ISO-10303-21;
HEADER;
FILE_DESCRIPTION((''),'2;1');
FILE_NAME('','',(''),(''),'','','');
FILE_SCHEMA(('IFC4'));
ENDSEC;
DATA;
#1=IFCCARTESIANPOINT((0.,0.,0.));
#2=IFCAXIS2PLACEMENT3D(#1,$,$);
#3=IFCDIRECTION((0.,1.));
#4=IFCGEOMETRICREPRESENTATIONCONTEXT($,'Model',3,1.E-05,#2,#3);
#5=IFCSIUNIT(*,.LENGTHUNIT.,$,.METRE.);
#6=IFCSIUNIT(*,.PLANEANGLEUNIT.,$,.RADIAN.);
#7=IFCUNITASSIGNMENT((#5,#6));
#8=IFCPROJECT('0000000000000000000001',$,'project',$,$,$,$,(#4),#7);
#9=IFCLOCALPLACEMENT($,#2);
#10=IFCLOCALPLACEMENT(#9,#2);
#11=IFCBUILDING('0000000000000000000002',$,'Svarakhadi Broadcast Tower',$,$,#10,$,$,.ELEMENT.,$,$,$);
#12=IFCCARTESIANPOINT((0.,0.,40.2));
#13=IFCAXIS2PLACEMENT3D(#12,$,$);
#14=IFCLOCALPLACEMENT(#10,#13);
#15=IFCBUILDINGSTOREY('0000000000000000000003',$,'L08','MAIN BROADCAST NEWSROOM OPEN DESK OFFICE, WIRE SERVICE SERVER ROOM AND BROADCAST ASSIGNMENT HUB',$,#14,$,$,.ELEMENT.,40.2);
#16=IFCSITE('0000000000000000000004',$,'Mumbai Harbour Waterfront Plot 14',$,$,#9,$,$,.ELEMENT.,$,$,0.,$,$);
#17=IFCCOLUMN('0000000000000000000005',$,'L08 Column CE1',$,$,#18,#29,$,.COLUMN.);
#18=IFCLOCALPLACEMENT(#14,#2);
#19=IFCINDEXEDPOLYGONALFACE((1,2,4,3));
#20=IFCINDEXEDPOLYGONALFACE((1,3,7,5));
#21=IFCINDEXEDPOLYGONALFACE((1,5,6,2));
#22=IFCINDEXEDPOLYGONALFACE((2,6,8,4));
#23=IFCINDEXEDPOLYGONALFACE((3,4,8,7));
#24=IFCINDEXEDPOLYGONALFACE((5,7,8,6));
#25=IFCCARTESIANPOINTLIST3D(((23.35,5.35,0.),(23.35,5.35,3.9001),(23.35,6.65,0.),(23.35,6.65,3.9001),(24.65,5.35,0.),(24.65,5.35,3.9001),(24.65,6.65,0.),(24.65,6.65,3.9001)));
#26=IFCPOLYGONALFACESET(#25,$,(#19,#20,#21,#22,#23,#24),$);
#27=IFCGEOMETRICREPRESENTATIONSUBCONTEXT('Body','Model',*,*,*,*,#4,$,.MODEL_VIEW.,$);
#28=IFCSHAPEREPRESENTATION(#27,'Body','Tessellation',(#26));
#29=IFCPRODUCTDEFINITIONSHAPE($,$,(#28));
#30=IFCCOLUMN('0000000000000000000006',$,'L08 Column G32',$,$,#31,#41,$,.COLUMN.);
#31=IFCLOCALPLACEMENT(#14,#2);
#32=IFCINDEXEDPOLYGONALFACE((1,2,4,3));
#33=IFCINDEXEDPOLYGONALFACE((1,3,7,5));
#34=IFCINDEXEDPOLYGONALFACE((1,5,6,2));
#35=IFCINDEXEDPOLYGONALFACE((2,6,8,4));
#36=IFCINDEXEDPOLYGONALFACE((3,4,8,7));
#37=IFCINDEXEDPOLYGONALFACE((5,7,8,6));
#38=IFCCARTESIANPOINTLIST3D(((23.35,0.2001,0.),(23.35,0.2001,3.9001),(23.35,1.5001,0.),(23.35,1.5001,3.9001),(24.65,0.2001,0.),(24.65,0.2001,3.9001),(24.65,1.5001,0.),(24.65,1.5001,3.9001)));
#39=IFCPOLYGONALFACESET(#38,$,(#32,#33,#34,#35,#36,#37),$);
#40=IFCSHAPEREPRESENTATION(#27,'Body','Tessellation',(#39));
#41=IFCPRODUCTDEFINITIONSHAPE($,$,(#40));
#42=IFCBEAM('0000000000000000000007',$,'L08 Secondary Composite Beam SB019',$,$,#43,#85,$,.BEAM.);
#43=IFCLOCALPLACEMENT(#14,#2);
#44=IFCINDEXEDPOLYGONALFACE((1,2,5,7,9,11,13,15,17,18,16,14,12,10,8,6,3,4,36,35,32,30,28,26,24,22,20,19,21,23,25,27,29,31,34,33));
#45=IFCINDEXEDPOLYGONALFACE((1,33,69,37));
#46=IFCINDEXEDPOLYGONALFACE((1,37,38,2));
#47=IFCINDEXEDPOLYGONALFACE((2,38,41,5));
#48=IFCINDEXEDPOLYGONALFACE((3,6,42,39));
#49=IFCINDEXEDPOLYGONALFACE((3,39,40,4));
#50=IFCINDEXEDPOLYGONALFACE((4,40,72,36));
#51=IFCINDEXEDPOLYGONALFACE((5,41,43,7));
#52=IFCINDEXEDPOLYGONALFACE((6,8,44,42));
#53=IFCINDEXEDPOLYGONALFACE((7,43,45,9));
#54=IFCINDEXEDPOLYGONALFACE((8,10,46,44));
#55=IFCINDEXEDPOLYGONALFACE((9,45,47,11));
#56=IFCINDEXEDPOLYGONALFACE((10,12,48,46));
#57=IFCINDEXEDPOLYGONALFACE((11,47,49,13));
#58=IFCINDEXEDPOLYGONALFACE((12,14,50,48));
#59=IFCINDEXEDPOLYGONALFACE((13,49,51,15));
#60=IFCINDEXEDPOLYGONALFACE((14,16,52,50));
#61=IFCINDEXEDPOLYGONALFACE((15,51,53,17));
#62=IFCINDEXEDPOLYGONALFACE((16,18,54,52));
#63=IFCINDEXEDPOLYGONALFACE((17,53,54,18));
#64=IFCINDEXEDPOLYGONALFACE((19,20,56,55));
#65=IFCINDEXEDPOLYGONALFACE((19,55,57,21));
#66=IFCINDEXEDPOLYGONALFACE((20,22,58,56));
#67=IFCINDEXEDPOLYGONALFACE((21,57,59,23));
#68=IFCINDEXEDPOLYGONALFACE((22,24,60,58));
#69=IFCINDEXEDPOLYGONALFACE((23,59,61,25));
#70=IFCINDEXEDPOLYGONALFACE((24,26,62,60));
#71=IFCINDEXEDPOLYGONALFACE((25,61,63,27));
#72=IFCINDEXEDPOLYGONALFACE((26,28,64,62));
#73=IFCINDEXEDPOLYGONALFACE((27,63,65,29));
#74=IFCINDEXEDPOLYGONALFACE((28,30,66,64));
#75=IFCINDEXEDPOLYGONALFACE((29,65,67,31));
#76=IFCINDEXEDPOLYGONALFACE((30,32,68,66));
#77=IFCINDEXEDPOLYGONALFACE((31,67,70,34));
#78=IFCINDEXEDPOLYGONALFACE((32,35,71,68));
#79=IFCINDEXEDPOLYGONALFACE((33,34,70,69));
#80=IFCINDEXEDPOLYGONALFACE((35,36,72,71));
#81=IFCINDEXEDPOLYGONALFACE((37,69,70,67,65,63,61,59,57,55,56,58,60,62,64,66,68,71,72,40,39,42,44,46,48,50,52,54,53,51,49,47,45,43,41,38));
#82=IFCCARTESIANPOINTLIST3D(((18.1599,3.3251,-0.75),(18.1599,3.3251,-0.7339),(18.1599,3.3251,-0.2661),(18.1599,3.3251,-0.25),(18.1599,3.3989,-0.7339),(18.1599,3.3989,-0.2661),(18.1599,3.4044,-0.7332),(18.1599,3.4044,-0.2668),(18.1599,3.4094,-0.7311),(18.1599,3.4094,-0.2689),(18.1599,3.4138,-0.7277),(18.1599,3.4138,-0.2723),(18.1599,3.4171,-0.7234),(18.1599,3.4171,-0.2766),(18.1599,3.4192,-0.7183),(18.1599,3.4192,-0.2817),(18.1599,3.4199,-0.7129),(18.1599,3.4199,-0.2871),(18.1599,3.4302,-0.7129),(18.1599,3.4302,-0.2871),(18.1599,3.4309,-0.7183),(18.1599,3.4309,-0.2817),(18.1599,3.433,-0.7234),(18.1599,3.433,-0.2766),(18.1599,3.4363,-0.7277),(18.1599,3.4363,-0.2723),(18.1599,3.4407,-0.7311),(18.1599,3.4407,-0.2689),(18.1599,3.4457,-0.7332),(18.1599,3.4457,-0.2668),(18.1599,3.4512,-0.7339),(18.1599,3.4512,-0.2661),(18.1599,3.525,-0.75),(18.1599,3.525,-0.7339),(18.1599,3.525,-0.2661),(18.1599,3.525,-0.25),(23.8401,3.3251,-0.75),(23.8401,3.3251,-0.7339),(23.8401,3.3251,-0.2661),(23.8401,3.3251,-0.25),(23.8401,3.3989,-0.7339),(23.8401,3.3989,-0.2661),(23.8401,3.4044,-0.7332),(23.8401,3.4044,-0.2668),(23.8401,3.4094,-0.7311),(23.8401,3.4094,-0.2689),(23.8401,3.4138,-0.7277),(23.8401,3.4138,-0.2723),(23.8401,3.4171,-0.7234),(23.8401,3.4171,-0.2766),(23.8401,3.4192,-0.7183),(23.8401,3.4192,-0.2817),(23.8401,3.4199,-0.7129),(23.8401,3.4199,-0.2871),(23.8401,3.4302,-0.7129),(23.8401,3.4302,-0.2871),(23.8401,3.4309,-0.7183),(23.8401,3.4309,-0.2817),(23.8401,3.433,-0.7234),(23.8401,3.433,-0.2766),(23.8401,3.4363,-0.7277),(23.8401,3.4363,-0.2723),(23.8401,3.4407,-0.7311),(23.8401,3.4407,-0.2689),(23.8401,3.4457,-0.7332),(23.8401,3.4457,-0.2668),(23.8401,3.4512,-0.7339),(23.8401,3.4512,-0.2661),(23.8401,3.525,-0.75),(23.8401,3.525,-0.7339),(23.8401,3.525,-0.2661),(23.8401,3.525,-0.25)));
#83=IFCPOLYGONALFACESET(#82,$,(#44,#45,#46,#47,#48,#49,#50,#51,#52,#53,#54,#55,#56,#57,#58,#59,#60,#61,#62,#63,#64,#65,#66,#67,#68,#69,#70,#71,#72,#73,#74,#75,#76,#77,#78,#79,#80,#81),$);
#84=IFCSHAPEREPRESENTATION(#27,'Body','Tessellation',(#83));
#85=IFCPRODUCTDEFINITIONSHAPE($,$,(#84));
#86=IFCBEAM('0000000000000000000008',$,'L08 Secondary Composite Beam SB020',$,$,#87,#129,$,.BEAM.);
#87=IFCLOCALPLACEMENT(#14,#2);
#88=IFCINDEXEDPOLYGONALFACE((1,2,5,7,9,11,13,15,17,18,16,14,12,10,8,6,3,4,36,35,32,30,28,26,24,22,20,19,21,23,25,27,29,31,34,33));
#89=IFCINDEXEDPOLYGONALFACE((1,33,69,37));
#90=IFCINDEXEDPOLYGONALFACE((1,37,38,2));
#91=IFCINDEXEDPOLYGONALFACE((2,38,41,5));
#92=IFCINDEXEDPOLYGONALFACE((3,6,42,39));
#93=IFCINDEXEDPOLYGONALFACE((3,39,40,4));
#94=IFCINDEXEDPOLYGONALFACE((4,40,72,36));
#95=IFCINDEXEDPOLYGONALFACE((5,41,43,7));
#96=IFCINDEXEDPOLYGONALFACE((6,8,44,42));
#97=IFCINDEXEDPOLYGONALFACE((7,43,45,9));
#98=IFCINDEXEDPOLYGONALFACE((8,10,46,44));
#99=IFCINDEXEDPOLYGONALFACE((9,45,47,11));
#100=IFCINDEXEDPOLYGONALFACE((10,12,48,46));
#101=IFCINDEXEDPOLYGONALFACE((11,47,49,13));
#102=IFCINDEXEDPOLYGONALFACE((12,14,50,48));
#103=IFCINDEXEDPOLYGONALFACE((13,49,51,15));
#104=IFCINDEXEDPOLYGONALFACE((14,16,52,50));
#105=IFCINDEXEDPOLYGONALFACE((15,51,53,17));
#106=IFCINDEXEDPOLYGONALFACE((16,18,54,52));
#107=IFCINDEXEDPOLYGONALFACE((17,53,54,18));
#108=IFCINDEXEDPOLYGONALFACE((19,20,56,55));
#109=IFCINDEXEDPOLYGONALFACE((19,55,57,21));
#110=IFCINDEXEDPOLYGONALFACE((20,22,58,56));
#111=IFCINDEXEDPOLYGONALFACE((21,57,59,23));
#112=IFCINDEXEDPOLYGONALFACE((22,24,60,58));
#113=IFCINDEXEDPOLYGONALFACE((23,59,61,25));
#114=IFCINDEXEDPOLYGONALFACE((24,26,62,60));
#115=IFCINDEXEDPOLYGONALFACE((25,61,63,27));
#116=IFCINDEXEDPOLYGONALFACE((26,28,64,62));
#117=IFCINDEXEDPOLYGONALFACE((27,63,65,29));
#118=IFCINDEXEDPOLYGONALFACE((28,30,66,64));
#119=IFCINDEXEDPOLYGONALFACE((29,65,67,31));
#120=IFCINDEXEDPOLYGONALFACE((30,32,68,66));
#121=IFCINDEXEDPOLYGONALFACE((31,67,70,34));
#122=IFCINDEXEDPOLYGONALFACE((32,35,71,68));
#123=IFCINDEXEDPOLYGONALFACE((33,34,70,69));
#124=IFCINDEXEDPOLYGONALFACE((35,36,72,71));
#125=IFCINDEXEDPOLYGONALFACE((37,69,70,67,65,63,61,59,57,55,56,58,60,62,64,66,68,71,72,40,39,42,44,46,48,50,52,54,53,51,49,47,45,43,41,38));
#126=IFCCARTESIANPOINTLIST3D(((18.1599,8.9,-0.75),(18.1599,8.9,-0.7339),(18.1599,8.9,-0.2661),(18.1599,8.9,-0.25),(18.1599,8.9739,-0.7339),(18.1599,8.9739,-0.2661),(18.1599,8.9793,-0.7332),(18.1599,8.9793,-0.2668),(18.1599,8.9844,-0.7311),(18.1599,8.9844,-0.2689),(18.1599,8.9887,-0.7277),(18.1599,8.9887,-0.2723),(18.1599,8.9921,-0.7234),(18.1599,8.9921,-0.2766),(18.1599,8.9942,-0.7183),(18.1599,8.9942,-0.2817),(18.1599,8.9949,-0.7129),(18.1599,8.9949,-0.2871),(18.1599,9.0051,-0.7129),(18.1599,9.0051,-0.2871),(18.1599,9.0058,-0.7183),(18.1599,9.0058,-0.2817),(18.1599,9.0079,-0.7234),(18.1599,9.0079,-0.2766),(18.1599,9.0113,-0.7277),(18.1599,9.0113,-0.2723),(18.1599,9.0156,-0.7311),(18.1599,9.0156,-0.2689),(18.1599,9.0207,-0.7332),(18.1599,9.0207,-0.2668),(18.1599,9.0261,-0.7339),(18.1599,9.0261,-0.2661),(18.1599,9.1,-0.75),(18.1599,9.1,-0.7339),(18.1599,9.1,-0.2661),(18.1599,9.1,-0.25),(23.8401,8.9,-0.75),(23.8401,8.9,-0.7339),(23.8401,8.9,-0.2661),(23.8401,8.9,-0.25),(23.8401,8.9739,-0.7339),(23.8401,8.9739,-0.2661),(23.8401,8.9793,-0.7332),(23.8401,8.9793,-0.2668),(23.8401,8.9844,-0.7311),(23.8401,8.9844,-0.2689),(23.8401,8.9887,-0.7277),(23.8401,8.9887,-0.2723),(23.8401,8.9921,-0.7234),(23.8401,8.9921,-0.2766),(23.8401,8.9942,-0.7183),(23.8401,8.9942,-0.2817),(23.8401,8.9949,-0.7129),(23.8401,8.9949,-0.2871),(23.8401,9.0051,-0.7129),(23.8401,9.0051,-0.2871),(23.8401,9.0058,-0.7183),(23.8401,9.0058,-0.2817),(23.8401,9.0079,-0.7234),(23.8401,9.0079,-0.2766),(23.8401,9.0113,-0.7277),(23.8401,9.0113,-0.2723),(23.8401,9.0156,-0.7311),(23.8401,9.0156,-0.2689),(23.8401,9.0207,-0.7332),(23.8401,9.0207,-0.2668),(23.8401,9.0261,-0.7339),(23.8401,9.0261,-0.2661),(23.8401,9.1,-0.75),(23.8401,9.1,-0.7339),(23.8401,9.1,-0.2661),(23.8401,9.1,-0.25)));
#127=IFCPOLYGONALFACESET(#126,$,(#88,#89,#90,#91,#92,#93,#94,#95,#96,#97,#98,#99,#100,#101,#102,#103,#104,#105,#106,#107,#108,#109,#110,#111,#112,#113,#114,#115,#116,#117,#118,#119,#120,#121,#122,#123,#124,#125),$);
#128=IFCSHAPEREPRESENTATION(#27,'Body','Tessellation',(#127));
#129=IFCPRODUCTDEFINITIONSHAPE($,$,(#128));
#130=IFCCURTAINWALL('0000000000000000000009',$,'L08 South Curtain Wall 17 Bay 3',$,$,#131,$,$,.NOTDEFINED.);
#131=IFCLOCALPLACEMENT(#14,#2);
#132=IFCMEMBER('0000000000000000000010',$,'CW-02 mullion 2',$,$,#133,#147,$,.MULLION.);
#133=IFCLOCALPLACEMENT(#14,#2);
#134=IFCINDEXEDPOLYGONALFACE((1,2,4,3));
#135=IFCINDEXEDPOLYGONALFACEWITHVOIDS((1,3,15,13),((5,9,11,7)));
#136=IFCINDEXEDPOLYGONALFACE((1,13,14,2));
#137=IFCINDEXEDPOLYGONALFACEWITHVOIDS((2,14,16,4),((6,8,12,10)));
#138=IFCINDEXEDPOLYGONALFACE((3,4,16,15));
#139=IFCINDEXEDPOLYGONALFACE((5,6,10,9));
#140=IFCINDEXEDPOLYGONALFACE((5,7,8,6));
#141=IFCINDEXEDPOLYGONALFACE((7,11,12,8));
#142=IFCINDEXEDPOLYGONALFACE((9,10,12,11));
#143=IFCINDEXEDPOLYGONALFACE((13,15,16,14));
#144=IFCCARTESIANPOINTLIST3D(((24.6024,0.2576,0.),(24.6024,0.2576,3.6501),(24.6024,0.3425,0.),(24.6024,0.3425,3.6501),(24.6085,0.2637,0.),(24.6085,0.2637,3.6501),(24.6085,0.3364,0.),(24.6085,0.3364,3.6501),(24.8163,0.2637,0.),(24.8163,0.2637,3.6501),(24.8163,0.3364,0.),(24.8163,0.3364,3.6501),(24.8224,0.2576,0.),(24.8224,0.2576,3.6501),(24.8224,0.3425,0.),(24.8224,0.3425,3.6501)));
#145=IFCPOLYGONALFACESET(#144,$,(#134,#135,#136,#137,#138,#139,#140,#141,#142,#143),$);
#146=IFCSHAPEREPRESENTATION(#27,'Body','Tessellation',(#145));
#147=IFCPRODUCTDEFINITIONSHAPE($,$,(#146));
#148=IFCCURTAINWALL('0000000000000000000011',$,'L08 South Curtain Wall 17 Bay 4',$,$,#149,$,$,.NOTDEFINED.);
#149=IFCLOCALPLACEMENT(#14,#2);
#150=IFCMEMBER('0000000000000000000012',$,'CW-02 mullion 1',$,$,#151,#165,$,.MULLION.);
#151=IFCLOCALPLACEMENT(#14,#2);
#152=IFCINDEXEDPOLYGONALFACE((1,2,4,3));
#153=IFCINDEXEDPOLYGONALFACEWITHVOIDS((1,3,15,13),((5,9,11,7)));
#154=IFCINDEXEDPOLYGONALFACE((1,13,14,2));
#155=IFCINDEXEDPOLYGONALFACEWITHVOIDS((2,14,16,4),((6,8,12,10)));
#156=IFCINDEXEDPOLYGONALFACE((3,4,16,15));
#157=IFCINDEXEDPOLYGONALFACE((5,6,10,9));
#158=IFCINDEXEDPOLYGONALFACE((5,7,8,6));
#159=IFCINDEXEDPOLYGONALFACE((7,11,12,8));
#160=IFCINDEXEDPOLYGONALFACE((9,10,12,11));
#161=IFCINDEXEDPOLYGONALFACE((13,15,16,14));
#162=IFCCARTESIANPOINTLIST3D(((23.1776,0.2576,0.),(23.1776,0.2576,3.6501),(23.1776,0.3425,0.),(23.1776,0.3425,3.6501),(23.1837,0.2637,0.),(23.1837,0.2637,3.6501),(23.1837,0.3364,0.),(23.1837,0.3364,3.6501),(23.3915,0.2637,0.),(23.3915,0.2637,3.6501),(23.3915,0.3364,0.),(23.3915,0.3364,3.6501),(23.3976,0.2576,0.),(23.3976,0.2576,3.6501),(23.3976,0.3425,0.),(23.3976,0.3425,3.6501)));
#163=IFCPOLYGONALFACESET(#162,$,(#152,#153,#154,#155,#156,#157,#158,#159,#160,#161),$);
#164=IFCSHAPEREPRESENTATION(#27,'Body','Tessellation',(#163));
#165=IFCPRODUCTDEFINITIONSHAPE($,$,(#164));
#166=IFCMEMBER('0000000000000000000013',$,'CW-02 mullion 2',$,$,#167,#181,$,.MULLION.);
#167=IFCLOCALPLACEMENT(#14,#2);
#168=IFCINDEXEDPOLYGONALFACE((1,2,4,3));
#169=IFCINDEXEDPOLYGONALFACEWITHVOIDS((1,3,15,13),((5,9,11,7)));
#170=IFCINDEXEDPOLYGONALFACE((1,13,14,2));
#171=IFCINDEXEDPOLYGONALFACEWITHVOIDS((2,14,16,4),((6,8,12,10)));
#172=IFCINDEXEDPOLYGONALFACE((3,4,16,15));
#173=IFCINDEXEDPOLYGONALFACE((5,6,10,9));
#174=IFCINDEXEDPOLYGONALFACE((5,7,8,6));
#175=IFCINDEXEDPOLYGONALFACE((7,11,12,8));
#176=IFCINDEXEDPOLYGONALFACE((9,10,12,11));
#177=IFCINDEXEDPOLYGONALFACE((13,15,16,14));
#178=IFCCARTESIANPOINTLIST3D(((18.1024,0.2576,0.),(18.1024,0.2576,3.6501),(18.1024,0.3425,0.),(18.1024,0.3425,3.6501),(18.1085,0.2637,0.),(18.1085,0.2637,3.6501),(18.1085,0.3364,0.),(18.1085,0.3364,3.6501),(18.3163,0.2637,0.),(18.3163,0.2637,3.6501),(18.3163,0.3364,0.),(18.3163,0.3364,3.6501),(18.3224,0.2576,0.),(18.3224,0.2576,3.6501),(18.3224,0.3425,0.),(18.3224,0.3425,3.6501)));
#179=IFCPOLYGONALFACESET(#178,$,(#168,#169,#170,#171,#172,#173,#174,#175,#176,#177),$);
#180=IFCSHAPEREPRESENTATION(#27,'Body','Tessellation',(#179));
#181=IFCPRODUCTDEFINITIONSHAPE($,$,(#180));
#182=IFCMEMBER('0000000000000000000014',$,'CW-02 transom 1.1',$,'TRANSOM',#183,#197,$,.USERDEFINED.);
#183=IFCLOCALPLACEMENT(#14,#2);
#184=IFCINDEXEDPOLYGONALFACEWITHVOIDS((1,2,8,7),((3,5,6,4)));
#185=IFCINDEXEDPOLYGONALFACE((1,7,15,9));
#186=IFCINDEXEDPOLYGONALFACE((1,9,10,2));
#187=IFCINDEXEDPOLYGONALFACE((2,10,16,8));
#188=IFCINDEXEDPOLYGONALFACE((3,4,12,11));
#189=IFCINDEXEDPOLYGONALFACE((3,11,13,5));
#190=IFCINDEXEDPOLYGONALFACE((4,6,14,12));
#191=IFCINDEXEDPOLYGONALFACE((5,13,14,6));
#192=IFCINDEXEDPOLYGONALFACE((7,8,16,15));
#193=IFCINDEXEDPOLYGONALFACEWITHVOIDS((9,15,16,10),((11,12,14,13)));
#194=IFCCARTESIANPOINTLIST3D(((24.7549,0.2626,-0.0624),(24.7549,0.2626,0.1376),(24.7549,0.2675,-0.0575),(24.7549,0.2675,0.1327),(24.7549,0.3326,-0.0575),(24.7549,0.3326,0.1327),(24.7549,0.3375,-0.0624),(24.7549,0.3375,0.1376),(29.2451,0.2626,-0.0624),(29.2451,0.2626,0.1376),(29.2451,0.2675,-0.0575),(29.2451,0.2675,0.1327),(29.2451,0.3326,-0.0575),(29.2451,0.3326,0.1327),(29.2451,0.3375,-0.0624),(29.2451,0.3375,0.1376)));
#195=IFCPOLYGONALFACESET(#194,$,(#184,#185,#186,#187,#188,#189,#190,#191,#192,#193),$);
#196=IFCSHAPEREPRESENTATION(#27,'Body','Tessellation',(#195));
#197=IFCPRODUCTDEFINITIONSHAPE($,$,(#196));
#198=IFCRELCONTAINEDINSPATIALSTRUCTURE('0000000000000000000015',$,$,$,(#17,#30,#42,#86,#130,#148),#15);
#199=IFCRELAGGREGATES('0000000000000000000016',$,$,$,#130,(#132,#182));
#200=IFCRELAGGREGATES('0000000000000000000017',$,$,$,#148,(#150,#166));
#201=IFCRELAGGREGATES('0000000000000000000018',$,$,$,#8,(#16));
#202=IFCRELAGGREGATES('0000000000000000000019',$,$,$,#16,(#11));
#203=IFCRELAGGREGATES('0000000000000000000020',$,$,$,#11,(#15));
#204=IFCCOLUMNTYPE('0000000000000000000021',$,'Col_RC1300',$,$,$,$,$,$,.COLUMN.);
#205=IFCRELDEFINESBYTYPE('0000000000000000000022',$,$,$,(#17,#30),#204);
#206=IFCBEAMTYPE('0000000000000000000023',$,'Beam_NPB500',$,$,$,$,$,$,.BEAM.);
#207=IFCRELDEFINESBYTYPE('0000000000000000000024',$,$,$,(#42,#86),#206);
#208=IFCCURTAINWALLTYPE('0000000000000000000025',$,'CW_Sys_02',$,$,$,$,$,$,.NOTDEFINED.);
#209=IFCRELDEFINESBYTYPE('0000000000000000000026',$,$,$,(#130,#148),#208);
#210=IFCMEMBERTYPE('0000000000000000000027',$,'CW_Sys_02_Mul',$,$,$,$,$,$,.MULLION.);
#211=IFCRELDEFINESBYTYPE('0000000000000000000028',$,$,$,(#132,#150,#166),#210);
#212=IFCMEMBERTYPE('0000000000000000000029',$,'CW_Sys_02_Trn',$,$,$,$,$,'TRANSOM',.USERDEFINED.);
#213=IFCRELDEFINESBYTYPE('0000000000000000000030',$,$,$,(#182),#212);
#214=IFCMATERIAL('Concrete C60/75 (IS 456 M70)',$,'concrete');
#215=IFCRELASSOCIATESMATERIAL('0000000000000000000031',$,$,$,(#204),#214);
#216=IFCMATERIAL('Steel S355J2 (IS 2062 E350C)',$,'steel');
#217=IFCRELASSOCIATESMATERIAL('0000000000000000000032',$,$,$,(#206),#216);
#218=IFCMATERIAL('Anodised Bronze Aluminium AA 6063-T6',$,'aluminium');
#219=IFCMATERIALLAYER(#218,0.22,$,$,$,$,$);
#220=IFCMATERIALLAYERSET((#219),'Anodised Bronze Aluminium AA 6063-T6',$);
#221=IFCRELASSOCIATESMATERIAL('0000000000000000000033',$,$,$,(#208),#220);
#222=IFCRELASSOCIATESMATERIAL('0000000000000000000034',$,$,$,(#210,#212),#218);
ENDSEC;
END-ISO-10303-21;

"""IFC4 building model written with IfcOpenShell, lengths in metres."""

from ifc_helpers import new_model, si_unit, direction, frame, origin, origin_2d, place, context, subcontext, project, spatial, rectangle, hollow_rectangle, i_section, extrude, material, layer, layer_set, material_profile, profile_set, type_object, element, aggregate, save


model = new_model("IFC4")

# Units and contexts
model_context = context("Model", 3, precision=1e-05, world=origin(), true_north=direction((0.0, 1.0)))
body_context = subcontext(model_context, "Body", "Model", "MODEL_VIEW")
ifc_project = project(units=[si_unit("LENGTHUNIT", "METRE"), si_unit("PLANEANGLEUNIT", "RADIAN")], contexts=[model_context])

# Site, building, storey
site_placement = place(None, origin())
site = spatial("IfcSite", under=ifc_project, at=site_placement, Name="Mumbai Harbour Waterfront Plot 14", CompositionType="ELEMENT", RefElevation=0.0)
building_placement = place(site_placement, origin())
building = spatial("IfcBuilding", under=site, at=building_placement, Name="Svarakhadi Broadcast Tower", CompositionType="ELEMENT")
storey_placement = place(building_placement, frame((0.0, 0.0, 40.2)))
storey = spatial("IfcBuildingStorey", under=building, at=storey_placement, Name="L08", Description="MAIN BROADCAST NEWSROOM OPEN DESK OFFICE, WIRE SERVICE SERVER ROOM AND BROADCAST ASSIGNMENT HUB", CompositionType="ELEMENT", Elevation=40.2)

# Columns
ifc_material_1 = material(Name="Concrete C60/75 (IS 456 M70)", Category="concrete")
ifc_material_profile_1 = material_profile(ifc_material_1, rectangle(XDim=1.3, YDim=1.3, at=origin_2d()), Name="RC 1300x1300")
ifc_profile_set_1 = profile_set([ifc_material_profile_1], Name="Concrete C60/75 (IS 456 M70)")
column_type = type_object("IfcColumnType", Name="Col_RC1300", PredefinedType="COLUMN", material=ifc_profile_set_1)
for number, where, z_axis, x_axis, name in (
    (1, (24.0, 6.0, 0.0), (0.0, 0.0, 1.0), (1.0, 0.0, 0.0), "L08 Column CE1"),
    (2, (24.0, 0.8501, 0.0), (0.0, 0.0, 1.0), (1.0, 0.0, 0.0), "L08 Column G32"),
):
    element("IfcColumn", number, at=place(storey_placement, frame(where, z_axis=z_axis, x_axis=x_axis)), inside=storey, type_object=column_type, Name=name, PredefinedType="COLUMN", context=body_context, shape_type="SweptSolid", body=[
        extrude(rectangle(XDim=1.3, YDim=1.3, at=origin_2d()), origin(), (0.0, 0.0, 1.0), 3.9001),
    ])

# Beams
ifc_material_2 = material(Name="Steel S355J2 (IS 2062 E350C)", Category="steel")
ifc_material_profile_2 = material_profile(ifc_material_2, i_section(OverallWidth=0.2, OverallDepth=0.5, WebThickness=0.0103, FlangeThickness=0.0161, FilletRadius=0.021, at=origin_2d()), Name="NPB 500x200x91")
ifc_profile_set_2 = profile_set([ifc_material_profile_2], Name="Steel S355J2 (IS 2062 E350C)")
beam_type_1 = type_object("IfcBeamType", Name="Beam_NPB500", PredefinedType="BEAM", material=ifc_profile_set_2)
for number, where, z_axis, x_axis, name in (
    (3, (18.1599, 3.425, -0.5), (1.0, 0.0, 0.0), (0.0, 1.0, 0.0), "L08 Secondary Composite Beam SB019"),
    (4, (18.1599, 9.0, -0.5), (1.0, 0.0, 0.0), (0.0, 1.0, 0.0), "L08 Secondary Composite Beam SB020"),
):
    element("IfcBeam", number, at=place(storey_placement, frame(where, z_axis=z_axis, x_axis=x_axis)), inside=storey, type_object=beam_type_1, Name=name, PredefinedType="BEAM", context=body_context, shape_type="SweptSolid", body=[
        extrude(i_section(OverallWidth=0.2, OverallDepth=0.5, WebThickness=0.0103, FlangeThickness=0.0161, FilletRadius=0.021, at=origin_2d()), origin(), (0.0, 0.0, 1.0), 5.6802),
    ])

# Curtain wall, member
ifc_material_3 = material(Name="Anodised Bronze Aluminium AA 6063-T6", Category="aluminium")
ifc_layer_1 = layer(ifc_material_3, 0.22)
ifc_layer_set_1 = layer_set([ifc_layer_1], Name="Anodised Bronze Aluminium AA 6063-T6")
curtain_wall_type = type_object("IfcCurtainWallType", Name="CW_Sys_02", PredefinedType="NOTDEFINED", material=ifc_layer_set_1)
curtain_wall_1_placement = place(storey_placement, origin())
curtain_wall_1 = element("IfcCurtainWall", 5, at=curtain_wall_1_placement, inside=storey, type_object=curtain_wall_type, Name="L08 South Curtain Wall 17 Bay 3", PredefinedType="NOTDEFINED")
ifc_material_profile_3 = material_profile(ifc_material_3, hollow_rectangle(XDim=0.085, YDim=0.22, WallThickness=0.0061, at=origin_2d()), Name="ALU MULLION 220x85x6")
ifc_profile_set_3 = profile_set([ifc_material_profile_3], Name="Anodised Bronze Aluminium AA 6063-T6")
member_type_1 = type_object("IfcMemberType", Name="CW_Sys_02_Mul", PredefinedType="MULLION", material=ifc_profile_set_3)
member_1_placement = place(storey_placement, frame((24.7124, 0.3, 0.0), z_axis=(0.0, 0.0, 1.0), x_axis=(0.0, -1.0, 0.0)))
member_1 = element("IfcMember", 6, at=member_1_placement, type_object=member_type_1, Name="CW-02 mullion 2", PredefinedType="MULLION", context=body_context, shape_type="SweptSolid", body=[
    extrude(hollow_rectangle(XDim=0.085, YDim=0.22, WallThickness=0.0061, at=origin_2d()), origin(), (0.0, 0.0, 1.0), 3.6501),
])

# Curtain wall, members
curtain_wall_2_placement = place(storey_placement, origin())
curtain_wall_2 = element("IfcCurtainWall", 7, at=curtain_wall_2_placement, inside=storey, type_object=curtain_wall_type, Name="L08 South Curtain Wall 17 Bay 4", PredefinedType="NOTDEFINED")
member_2_placement = place(storey_placement, frame((23.2876, 0.3, 0.0), z_axis=(0.0, 0.0, 1.0), x_axis=(0.0, -1.0, 0.0)))
member_2 = element("IfcMember", 8, at=member_2_placement, type_object=member_type_1, Name="CW-02 mullion 1", PredefinedType="MULLION", context=body_context, shape_type="SweptSolid", body=[
    extrude(hollow_rectangle(XDim=0.085, YDim=0.22, WallThickness=0.0061, at=origin_2d()), origin(), (0.0, 0.0, 1.0), 3.6501),
])
member_3_placement = place(storey_placement, frame((18.2124, 0.3, 0.0), z_axis=(0.0, 0.0, 1.0), x_axis=(0.0, -1.0, 0.0)))
member_3 = element("IfcMember", 9, at=member_3_placement, type_object=member_type_1, Name="CW-02 mullion 2", PredefinedType="MULLION", context=body_context, shape_type="SweptSolid", body=[
    extrude(hollow_rectangle(XDim=0.085, YDim=0.22, WallThickness=0.0061, at=origin_2d()), origin(), (0.0, 0.0, 1.0), 3.6501),
])

# Member
ifc_material_profile_4 = material_profile(ifc_material_3, hollow_rectangle(XDim=0.075, YDim=0.2, WallThickness=0.0049, at=origin_2d()), Name="ALU TRANSOM 200x75x5")
ifc_profile_set_4 = profile_set([ifc_material_profile_4], Name="Anodised Bronze Aluminium AA 6063-T6")
member_type_2 = type_object("IfcMemberType", Name="CW_Sys_02_Trn", ElementType="TRANSOM", PredefinedType="USERDEFINED", material=ifc_profile_set_4)
member_4_placement = place(storey_placement, frame((29.2451, 0.3, 0.0376), z_axis=(-1.0, 0.0, 0.0), x_axis=(0.0, -1.0, 0.0)))
member_4 = element("IfcMember", 10, at=member_4_placement, type_object=member_type_2, Name="CW-02 transom 1.1", ObjectType="TRANSOM", PredefinedType="USERDEFINED", context=body_context, shape_type="SweptSolid", body=[
    extrude(hollow_rectangle(XDim=0.075, YDim=0.2, WallThickness=0.0049, at=origin_2d()), origin(), (0.0, 0.0, 1.0), 4.4902),
])

aggregate(curtain_wall_1, [member_1, member_4])
aggregate(curtain_wall_2, [member_2, member_3])

save(model, "model.ifc")
